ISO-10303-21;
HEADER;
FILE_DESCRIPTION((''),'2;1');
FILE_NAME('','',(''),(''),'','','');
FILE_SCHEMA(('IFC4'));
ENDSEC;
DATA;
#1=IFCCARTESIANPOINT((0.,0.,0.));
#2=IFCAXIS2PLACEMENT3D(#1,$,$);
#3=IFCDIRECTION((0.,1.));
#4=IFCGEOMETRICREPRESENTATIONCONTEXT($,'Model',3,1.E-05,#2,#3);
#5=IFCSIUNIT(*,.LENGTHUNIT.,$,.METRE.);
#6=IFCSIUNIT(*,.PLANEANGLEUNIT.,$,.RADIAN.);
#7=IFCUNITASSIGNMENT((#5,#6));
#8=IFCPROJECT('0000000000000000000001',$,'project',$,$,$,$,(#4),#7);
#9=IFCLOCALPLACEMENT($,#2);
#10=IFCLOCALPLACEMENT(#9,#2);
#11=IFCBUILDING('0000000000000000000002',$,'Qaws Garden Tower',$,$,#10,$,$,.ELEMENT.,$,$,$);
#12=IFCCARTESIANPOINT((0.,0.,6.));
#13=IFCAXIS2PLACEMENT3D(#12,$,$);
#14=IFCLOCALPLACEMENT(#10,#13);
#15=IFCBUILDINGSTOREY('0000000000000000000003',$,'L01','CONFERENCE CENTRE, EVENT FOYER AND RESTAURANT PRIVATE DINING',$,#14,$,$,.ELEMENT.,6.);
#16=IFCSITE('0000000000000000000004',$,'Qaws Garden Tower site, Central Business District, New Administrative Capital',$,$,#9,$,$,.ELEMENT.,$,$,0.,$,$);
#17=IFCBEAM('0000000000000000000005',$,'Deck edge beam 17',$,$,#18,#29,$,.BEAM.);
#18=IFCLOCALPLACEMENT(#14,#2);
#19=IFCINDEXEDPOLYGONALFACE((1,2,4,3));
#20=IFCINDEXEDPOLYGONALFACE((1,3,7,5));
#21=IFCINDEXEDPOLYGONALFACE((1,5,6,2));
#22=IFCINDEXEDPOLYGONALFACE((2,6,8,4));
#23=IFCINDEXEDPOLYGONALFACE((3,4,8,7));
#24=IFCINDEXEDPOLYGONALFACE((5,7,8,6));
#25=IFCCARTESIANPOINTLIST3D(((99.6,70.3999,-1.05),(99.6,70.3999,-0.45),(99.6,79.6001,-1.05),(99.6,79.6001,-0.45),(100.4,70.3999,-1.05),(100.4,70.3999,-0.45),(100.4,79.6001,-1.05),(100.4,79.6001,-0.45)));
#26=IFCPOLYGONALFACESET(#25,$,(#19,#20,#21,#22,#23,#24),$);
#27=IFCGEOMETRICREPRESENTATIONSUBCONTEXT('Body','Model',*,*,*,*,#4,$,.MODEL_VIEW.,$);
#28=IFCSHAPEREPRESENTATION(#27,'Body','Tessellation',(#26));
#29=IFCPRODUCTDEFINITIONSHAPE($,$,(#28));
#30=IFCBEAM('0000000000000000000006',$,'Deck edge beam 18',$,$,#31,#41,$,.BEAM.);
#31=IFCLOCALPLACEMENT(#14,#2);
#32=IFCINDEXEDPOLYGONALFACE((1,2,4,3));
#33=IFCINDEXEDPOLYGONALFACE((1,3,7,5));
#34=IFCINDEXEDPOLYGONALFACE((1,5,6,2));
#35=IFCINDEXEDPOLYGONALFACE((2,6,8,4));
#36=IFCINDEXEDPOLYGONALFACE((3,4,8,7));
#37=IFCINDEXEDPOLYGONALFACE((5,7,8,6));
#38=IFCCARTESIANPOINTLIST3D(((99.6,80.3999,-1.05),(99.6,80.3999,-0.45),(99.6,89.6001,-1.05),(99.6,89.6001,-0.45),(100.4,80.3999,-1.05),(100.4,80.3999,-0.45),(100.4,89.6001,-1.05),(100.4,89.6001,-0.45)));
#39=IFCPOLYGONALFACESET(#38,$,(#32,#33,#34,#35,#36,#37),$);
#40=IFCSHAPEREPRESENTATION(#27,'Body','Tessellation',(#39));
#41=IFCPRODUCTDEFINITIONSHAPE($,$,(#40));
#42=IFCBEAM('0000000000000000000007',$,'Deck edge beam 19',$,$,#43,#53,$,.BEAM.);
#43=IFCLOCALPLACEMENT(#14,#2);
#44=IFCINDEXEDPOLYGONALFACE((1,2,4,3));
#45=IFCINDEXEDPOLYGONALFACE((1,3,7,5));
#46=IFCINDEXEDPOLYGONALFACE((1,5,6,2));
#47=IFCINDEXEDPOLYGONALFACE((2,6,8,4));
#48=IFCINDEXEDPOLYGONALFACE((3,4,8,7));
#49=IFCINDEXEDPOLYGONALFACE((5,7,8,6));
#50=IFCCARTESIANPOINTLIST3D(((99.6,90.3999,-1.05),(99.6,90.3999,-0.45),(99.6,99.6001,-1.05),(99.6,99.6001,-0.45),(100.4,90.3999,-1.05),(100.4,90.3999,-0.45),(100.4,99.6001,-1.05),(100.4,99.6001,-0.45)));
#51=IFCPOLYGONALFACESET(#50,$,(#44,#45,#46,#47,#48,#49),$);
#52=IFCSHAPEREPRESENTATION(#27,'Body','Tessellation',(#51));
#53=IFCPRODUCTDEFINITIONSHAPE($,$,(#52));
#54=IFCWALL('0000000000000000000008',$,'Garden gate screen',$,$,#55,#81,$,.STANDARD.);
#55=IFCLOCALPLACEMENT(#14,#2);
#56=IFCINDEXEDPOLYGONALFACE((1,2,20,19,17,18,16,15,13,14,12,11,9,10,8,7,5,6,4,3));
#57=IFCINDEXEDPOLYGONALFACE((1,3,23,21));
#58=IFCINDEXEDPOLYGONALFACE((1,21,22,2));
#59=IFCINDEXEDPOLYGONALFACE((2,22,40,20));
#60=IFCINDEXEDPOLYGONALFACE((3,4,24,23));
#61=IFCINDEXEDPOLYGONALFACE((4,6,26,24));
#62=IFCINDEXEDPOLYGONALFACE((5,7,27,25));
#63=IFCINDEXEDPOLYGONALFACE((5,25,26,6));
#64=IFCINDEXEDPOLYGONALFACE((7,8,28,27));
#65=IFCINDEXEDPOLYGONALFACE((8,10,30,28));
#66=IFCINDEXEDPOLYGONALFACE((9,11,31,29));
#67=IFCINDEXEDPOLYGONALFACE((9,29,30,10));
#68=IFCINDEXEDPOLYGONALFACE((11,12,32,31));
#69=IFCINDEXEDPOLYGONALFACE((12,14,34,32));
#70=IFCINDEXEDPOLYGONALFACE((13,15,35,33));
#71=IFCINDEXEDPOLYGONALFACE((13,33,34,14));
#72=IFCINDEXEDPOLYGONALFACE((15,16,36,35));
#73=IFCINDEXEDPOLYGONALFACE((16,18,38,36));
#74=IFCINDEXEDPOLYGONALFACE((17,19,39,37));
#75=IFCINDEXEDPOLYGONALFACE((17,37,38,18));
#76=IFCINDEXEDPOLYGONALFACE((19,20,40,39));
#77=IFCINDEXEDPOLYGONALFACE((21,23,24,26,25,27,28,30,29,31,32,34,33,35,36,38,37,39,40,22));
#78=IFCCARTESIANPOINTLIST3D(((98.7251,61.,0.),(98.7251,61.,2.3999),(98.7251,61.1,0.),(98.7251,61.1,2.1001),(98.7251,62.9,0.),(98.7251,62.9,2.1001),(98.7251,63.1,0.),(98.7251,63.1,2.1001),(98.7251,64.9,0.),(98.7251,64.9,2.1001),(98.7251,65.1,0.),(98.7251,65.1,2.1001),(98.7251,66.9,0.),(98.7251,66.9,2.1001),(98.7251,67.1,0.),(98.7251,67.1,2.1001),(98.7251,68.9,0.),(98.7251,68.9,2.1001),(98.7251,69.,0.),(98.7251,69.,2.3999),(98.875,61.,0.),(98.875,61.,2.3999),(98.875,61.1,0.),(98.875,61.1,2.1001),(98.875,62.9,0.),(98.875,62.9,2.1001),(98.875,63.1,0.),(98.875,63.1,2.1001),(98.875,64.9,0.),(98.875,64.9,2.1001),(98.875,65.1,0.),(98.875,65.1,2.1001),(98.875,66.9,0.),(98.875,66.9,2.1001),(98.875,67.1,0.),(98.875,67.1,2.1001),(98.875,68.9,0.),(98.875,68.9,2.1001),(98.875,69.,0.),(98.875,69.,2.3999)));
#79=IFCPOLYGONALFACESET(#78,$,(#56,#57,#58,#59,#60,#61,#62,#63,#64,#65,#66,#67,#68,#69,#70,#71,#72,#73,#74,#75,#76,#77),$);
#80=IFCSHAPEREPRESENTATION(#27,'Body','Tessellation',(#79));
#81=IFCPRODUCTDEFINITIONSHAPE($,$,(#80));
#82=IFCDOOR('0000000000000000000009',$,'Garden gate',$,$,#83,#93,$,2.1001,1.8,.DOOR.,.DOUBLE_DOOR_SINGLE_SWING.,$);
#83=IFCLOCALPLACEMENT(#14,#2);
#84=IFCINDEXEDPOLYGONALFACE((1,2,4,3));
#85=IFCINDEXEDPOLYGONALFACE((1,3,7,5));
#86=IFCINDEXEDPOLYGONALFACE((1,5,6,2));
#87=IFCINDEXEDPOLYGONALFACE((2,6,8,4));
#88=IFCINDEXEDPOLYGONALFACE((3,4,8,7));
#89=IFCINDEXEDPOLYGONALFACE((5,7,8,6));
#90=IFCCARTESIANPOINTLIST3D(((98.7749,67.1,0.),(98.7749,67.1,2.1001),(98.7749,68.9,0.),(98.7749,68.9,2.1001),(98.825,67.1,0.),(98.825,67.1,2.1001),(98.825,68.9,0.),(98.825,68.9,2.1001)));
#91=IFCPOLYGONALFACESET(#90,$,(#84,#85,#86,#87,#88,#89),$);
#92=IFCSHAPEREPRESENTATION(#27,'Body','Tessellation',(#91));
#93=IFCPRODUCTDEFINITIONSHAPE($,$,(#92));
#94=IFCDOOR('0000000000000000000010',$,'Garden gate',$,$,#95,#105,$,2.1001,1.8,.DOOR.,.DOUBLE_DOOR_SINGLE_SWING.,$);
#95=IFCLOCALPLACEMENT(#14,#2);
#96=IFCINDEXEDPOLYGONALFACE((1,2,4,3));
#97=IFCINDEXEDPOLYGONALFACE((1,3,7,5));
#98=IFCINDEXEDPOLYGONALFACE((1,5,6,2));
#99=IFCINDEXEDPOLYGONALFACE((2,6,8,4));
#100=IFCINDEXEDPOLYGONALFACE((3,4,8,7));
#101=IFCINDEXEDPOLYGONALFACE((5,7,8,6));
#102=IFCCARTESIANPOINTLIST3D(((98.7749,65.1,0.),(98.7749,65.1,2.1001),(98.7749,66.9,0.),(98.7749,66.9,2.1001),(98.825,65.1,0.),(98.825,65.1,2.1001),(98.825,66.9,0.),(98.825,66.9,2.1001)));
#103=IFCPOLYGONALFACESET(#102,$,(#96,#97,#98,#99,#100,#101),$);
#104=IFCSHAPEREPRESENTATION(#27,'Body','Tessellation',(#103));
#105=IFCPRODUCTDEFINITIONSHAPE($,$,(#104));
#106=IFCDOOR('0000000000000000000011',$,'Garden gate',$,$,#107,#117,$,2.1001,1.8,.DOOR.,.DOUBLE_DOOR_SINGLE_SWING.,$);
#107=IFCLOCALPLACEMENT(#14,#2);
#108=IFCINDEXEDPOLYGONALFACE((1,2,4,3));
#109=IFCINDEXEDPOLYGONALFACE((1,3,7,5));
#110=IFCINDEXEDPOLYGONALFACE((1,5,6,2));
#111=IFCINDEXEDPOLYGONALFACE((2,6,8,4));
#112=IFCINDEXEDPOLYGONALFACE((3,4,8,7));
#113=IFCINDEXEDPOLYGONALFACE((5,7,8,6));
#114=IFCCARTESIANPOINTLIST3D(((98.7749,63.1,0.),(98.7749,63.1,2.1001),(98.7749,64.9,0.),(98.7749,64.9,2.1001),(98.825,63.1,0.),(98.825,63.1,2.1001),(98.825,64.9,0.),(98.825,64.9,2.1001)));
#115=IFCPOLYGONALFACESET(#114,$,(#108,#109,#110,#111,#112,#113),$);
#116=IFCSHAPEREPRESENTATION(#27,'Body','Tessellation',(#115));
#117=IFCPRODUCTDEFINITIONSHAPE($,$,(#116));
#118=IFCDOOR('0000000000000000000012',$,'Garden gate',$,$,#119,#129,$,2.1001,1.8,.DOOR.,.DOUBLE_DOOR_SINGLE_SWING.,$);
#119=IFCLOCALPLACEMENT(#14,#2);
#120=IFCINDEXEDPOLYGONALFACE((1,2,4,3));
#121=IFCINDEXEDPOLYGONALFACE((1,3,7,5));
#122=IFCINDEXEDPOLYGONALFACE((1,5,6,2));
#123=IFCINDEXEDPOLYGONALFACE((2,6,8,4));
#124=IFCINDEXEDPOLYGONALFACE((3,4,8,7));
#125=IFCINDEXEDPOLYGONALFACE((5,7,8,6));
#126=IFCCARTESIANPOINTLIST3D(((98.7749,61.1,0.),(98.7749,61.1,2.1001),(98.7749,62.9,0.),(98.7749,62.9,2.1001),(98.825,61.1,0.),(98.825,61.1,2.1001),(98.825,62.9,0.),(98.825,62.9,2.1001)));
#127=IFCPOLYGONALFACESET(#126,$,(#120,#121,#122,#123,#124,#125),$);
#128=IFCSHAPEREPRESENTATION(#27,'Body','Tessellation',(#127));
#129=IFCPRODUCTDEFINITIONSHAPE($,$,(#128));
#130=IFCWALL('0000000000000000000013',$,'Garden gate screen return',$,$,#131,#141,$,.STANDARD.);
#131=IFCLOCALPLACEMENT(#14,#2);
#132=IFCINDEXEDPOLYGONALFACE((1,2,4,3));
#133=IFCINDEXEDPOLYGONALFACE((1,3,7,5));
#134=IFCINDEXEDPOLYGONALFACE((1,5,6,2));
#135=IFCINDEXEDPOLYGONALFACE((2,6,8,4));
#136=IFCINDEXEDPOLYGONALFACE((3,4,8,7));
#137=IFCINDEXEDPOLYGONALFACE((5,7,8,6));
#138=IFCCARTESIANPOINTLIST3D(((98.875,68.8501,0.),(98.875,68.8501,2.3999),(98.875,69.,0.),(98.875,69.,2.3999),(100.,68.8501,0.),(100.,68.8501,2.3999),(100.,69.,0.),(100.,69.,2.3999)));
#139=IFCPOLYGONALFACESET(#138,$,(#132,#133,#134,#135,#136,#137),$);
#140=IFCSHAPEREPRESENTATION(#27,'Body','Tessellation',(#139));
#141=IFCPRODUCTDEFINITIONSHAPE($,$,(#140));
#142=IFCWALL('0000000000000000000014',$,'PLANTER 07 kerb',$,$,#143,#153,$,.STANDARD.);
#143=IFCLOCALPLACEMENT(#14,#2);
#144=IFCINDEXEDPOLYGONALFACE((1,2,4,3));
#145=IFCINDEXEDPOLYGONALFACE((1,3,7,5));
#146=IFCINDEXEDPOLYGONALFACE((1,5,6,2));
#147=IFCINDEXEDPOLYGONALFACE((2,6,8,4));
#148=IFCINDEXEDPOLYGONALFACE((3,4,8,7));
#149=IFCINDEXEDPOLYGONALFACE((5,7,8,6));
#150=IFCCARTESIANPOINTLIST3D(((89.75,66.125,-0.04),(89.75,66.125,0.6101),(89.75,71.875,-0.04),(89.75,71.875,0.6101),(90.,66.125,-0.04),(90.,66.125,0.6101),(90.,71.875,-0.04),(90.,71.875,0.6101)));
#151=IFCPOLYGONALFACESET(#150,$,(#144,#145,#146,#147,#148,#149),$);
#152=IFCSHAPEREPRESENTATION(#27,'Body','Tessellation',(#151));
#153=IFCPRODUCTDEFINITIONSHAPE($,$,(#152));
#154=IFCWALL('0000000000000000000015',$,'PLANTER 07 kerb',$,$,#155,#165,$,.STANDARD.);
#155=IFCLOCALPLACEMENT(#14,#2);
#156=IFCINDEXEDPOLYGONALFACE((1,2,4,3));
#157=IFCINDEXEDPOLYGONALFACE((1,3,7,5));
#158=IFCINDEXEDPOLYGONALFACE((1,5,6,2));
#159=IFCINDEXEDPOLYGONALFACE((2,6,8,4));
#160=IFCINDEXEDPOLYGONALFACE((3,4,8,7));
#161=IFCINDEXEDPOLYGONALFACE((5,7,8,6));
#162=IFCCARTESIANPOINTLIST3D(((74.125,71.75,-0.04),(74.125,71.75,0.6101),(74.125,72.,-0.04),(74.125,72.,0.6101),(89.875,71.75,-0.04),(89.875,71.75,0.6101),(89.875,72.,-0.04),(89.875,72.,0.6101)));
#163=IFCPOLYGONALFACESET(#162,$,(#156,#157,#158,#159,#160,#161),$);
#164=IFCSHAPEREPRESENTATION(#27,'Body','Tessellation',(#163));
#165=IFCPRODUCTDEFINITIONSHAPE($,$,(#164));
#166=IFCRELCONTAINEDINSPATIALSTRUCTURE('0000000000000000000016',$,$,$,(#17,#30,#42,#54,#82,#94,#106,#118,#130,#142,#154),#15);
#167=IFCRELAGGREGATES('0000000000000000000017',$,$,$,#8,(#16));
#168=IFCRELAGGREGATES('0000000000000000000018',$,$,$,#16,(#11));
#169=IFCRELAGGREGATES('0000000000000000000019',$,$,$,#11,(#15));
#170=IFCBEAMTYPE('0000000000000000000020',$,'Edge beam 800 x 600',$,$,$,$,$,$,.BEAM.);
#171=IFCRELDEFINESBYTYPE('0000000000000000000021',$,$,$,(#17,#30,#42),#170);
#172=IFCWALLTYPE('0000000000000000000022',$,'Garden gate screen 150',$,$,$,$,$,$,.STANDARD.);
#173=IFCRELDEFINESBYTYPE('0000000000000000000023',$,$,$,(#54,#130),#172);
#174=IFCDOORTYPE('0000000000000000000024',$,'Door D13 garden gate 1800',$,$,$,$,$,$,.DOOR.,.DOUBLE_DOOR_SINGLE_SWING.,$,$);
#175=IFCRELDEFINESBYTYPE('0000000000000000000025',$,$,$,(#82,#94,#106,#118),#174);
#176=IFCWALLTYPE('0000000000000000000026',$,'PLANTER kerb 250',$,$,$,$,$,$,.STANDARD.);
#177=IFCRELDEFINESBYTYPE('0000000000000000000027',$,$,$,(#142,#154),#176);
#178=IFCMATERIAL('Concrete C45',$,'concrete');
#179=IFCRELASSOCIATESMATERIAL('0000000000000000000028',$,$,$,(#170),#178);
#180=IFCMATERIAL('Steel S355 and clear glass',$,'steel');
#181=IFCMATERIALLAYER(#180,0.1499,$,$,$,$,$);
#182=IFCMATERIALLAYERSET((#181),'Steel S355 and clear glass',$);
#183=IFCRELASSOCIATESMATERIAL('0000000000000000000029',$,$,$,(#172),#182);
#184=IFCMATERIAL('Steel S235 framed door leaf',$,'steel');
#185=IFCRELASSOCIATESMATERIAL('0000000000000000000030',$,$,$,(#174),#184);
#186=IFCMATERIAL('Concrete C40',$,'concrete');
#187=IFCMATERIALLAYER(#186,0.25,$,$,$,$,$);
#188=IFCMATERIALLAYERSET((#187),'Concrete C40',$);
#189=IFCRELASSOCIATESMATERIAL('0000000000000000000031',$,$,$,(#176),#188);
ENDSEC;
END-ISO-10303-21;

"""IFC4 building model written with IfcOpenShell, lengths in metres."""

from ifc_helpers import new_model, si_unit, direction, frame, frame_2d, origin, origin_2d, place, context, subcontext, project, spatial, rectangle, extrude, material, layer, layer_set, material_profile, profile_set, type_object, element, fill, save


model = new_model("IFC4")

# Units and contexts
model_context = context("Model", 3, precision=1e-05, world=origin(), true_north=direction((0.0, 1.0)))
body_context = subcontext(model_context, "Body", "Model", "MODEL_VIEW")
ifc_project = project(units=[si_unit("LENGTHUNIT", "METRE"), si_unit("PLANEANGLEUNIT", "RADIAN")], contexts=[model_context])

# Site, building, storey
site_placement = place(None, origin())
site = spatial("IfcSite", under=ifc_project, at=site_placement, Name="Qaws Garden Tower site, Central Business District, New Administrative Capital", CompositionType="ELEMENT", RefElevation=0.0)
building_placement = place(site_placement, origin())
building = spatial("IfcBuilding", under=site, at=building_placement, Name="Qaws Garden Tower", CompositionType="ELEMENT")
storey_placement = place(building_placement, frame((0.0, 0.0, 6.0)))
storey = spatial("IfcBuildingStorey", under=building, at=storey_placement, Name="L01", Description="CONFERENCE CENTRE, EVENT FOYER AND RESTAURANT PRIVATE DINING", CompositionType="ELEMENT", Elevation=6.0)

# Beams
ifc_material_1 = material(Name="Concrete C45", Category="concrete")
ifc_material_profile = material_profile(ifc_material_1, rectangle(XDim=0.8, YDim=0.6001, at=origin_2d()), Name="Edge beam 800 x 600")
ifc_profile_set = profile_set([ifc_material_profile], Name="Concrete C45")
beam_type = type_object("IfcBeamType", Name="Edge beam 800 x 600", PredefinedType="BEAM", material=ifc_profile_set)
for number, where, z_axis, x_axis, name in (
    (1, (100.0, 70.3999, -0.75), (0.0, 1.0, 0.0), (-1.0, 0.0, 0.0), "Deck edge beam 17"),
    (2, (100.0, 80.3999, -0.75), (0.0, 1.0, 0.0), (-1.0, 0.0, 0.0), "Deck edge beam 18"),
    (3, (100.0, 90.3999, -0.75), (0.0, 1.0, 0.0), (-1.0, 0.0, 0.0), "Deck edge beam 19"),
):
    element("IfcBeam", number, at=place(storey_placement, frame(where, z_axis=z_axis, x_axis=x_axis)), inside=storey, type_object=beam_type, Name=name, PredefinedType="BEAM", context=body_context, shape_type="SweptSolid", body=[
        extrude(rectangle(XDim=0.8, YDim=0.6001, at=origin_2d()), origin(), (0.0, 0.0, 1.0), 9.2002),
    ])

# Wall, openings, doors
ifc_material_2 = material(Name="Steel S355 and clear glass", Category="steel")
ifc_layer_1 = layer(ifc_material_2, 0.1499)
ifc_layer_set_1 = layer_set([ifc_layer_1], Name="Steel S355 and clear glass")
wall_type_1 = type_object("IfcWallType", Name="Garden gate screen 150", PredefinedType="STANDARD", material=ifc_layer_set_1)
wall_1_placement = place(storey_placement, frame((98.8, 69.0, 0.0), z_axis=(0.0, 0.0, 1.0), x_axis=(0.0, -1.0, 0.0)))
wall_1 = element("IfcWall", 4, at=wall_1_placement, inside=storey, type_object=wall_type_1, Name="Garden gate screen", PredefinedType="STANDARD", context=body_context, shape_type="SweptSolid", body=[
    extrude(rectangle(XDim=8.0, YDim=0.1499, at=frame_2d((4.0, 0.0))), origin(), (0.0, 0.0, 1.0), 2.3999),
])
opening_1_placement = place(wall_1_placement, frame((0.1001, 0.0, 0.0)))
opening_1 = element("IfcOpeningElement", 5, at=opening_1_placement, cuts=wall_1, PredefinedType="OPENING", context=body_context, shape_type="SweptSolid", body=[
    extrude(rectangle(XDim=1.8, YDim=2.1001, at=frame_2d((0.8999, 1.05))), frame((0.0, 0.085, 0.0), z_axis=(0.0, -1.0, 0.0), x_axis=(1.0, 0.0, 0.0)), (0.0, 0.0, 1.0), 0.1699),
])
opening_2_placement = place(wall_1_placement, frame((2.1001, 0.0, 0.0)))
opening_2 = element("IfcOpeningElement", 6, at=opening_2_placement, cuts=wall_1, PredefinedType="OPENING", context=body_context, shape_type="SweptSolid", body=[
    extrude(rectangle(XDim=1.8, YDim=2.1001, at=frame_2d((0.8999, 1.05))), frame((0.0, 0.085, 0.0), z_axis=(0.0, -1.0, 0.0), x_axis=(1.0, 0.0, 0.0)), (0.0, 0.0, 1.0), 0.1699),
])
opening_3_placement = place(wall_1_placement, frame((4.1001, 0.0, 0.0)))
opening_3 = element("IfcOpeningElement", 7, at=opening_3_placement, cuts=wall_1, PredefinedType="OPENING", context=body_context, shape_type="SweptSolid", body=[
    extrude(rectangle(XDim=1.8, YDim=2.1001, at=frame_2d((0.8999, 1.05))), frame((0.0, 0.085, 0.0), z_axis=(0.0, -1.0, 0.0), x_axis=(1.0, 0.0, 0.0)), (0.0, 0.0, 1.0), 0.1699),
])
opening_4_placement = place(wall_1_placement, frame((6.1001, 0.0, 0.0)))
opening_4 = element("IfcOpeningElement", 8, at=opening_4_placement, cuts=wall_1, PredefinedType="OPENING", context=body_context, shape_type="SweptSolid", body=[
    extrude(rectangle(XDim=1.8, YDim=2.1001, at=frame_2d((0.8999, 1.05))), frame((0.0, 0.085, 0.0), z_axis=(0.0, -1.0, 0.0), x_axis=(1.0, 0.0, 0.0)), (0.0, 0.0, 1.0), 0.1699),
])
ifc_material_3 = material(Name="Steel S235 framed door leaf", Category="steel")
door_type = type_object("IfcDoorType", Name="Door D13 garden gate 1800", OperationType="DOUBLE_DOOR_SINGLE_SWING", PredefinedType="DOOR", material=ifc_material_3)
door_1_placement = place(opening_1_placement, origin())
door_1 = element("IfcDoor", 9, at=door_1_placement, inside=storey, type_object=door_type, Name="Garden gate", OperationType="DOUBLE_DOOR_SINGLE_SWING", OverallHeight=2.1001, OverallWidth=1.8, PredefinedType="DOOR", context=body_context, shape_type="SweptSolid", body=[
    extrude(rectangle(XDim=1.8, YDim=2.1001, at=frame_2d((0.8999, 1.05))), frame((0.0, 0.0249, 0.0), z_axis=(0.0, -1.0, 0.0), x_axis=(1.0, 0.0, 0.0)), (0.0, 0.0, 1.0), 0.05),
])
fill(opening_1, door_1)
door_2_placement = place(opening_2_placement, origin())
door_2 = element("IfcDoor", 10, at=door_2_placement, inside=storey, type_object=door_type, Name="Garden gate", OperationType="DOUBLE_DOOR_SINGLE_SWING", OverallHeight=2.1001, OverallWidth=1.8, PredefinedType="DOOR", context=body_context, shape_type="SweptSolid", body=[
    extrude(rectangle(XDim=1.8, YDim=2.1001, at=frame_2d((0.8999, 1.05))), frame((0.0, 0.0249, 0.0), z_axis=(0.0, -1.0, 0.0), x_axis=(1.0, 0.0, 0.0)), (0.0, 0.0, 1.0), 0.05),
])
fill(opening_2, door_2)
door_3_placement = place(opening_3_placement, origin())
door_3 = element("IfcDoor", 11, at=door_3_placement, inside=storey, type_object=door_type, Name="Garden gate", OperationType="DOUBLE_DOOR_SINGLE_SWING", OverallHeight=2.1001, OverallWidth=1.8, PredefinedType="DOOR", context=body_context, shape_type="SweptSolid", body=[
    extrude(rectangle(XDim=1.8, YDim=2.1001, at=frame_2d((0.8999, 1.05))), frame((0.0, 0.0249, 0.0), z_axis=(0.0, -1.0, 0.0), x_axis=(1.0, 0.0, 0.0)), (0.0, 0.0, 1.0), 0.05),
])
fill(opening_3, door_3)
door_4_placement = place(opening_4_placement, origin())
door_4 = element("IfcDoor", 12, at=door_4_placement, inside=storey, type_object=door_type, Name="Garden gate", OperationType="DOUBLE_DOOR_SINGLE_SWING", OverallHeight=2.1001, OverallWidth=1.8, PredefinedType="DOOR", context=body_context, shape_type="SweptSolid", body=[
    extrude(rectangle(XDim=1.8, YDim=2.1001, at=frame_2d((0.8999, 1.05))), frame((0.0, 0.0249, 0.0), z_axis=(0.0, -1.0, 0.0), x_axis=(1.0, 0.0, 0.0)), (0.0, 0.0, 1.0), 0.05),
])
fill(opening_4, door_4)

# Walls
wall_2_placement = place(storey_placement, frame((98.875, 68.925, 0.0), z_axis=(0.0, 0.0, 1.0), x_axis=(1.0, 0.0, 0.0)))
element("IfcWall", 13, at=wall_2_placement, inside=storey, type_object=wall_type_1, Name="Garden gate screen return", PredefinedType="STANDARD", context=body_context, shape_type="SweptSolid", body=[
    extrude(rectangle(XDim=1.125, YDim=0.1499, at=frame_2d((0.5625, 0.0))), origin(), (0.0, 0.0, 1.0), 2.3999),
])
ifc_material_4 = material(Name="Concrete C40", Category="concrete")
ifc_layer_2 = layer(ifc_material_4, 0.25)
ifc_layer_set_2 = layer_set([ifc_layer_2], Name="Concrete C40")
wall_type_2 = type_object("IfcWallType", Name="PLANTER kerb 250", PredefinedType="STANDARD", material=ifc_layer_set_2)
wall_3_placement = place(storey_placement, frame((89.875, 66.125, -0.04), z_axis=(0.0, 0.0, 1.0), x_axis=(0.0, 1.0, 0.0)))
element("IfcWall", 14, at=wall_3_placement, inside=storey, type_object=wall_type_2, Name="PLANTER 07 kerb", PredefinedType="STANDARD", context=body_context, shape_type="SweptSolid", body=[
    extrude(rectangle(XDim=5.75, YDim=0.25, at=frame_2d((2.875, 0.0))), origin(), (0.0, 0.0, 1.0), 0.6501),
])
wall_4_placement = place(storey_placement, frame((89.875, 71.875, -0.04), z_axis=(0.0, 0.0, 1.0), x_axis=(-1.0, 0.0, 0.0)))
element("IfcWall", 15, at=wall_4_placement, inside=storey, type_object=wall_type_2, Name="PLANTER 07 kerb", PredefinedType="STANDARD", context=body_context, shape_type="SweptSolid", body=[
    extrude(rectangle(XDim=15.75, YDim=0.25, at=frame_2d((7.875, 0.0))), origin(), (0.0, 0.0, 1.0), 0.6501),
])

save(model, "model.ifc")
